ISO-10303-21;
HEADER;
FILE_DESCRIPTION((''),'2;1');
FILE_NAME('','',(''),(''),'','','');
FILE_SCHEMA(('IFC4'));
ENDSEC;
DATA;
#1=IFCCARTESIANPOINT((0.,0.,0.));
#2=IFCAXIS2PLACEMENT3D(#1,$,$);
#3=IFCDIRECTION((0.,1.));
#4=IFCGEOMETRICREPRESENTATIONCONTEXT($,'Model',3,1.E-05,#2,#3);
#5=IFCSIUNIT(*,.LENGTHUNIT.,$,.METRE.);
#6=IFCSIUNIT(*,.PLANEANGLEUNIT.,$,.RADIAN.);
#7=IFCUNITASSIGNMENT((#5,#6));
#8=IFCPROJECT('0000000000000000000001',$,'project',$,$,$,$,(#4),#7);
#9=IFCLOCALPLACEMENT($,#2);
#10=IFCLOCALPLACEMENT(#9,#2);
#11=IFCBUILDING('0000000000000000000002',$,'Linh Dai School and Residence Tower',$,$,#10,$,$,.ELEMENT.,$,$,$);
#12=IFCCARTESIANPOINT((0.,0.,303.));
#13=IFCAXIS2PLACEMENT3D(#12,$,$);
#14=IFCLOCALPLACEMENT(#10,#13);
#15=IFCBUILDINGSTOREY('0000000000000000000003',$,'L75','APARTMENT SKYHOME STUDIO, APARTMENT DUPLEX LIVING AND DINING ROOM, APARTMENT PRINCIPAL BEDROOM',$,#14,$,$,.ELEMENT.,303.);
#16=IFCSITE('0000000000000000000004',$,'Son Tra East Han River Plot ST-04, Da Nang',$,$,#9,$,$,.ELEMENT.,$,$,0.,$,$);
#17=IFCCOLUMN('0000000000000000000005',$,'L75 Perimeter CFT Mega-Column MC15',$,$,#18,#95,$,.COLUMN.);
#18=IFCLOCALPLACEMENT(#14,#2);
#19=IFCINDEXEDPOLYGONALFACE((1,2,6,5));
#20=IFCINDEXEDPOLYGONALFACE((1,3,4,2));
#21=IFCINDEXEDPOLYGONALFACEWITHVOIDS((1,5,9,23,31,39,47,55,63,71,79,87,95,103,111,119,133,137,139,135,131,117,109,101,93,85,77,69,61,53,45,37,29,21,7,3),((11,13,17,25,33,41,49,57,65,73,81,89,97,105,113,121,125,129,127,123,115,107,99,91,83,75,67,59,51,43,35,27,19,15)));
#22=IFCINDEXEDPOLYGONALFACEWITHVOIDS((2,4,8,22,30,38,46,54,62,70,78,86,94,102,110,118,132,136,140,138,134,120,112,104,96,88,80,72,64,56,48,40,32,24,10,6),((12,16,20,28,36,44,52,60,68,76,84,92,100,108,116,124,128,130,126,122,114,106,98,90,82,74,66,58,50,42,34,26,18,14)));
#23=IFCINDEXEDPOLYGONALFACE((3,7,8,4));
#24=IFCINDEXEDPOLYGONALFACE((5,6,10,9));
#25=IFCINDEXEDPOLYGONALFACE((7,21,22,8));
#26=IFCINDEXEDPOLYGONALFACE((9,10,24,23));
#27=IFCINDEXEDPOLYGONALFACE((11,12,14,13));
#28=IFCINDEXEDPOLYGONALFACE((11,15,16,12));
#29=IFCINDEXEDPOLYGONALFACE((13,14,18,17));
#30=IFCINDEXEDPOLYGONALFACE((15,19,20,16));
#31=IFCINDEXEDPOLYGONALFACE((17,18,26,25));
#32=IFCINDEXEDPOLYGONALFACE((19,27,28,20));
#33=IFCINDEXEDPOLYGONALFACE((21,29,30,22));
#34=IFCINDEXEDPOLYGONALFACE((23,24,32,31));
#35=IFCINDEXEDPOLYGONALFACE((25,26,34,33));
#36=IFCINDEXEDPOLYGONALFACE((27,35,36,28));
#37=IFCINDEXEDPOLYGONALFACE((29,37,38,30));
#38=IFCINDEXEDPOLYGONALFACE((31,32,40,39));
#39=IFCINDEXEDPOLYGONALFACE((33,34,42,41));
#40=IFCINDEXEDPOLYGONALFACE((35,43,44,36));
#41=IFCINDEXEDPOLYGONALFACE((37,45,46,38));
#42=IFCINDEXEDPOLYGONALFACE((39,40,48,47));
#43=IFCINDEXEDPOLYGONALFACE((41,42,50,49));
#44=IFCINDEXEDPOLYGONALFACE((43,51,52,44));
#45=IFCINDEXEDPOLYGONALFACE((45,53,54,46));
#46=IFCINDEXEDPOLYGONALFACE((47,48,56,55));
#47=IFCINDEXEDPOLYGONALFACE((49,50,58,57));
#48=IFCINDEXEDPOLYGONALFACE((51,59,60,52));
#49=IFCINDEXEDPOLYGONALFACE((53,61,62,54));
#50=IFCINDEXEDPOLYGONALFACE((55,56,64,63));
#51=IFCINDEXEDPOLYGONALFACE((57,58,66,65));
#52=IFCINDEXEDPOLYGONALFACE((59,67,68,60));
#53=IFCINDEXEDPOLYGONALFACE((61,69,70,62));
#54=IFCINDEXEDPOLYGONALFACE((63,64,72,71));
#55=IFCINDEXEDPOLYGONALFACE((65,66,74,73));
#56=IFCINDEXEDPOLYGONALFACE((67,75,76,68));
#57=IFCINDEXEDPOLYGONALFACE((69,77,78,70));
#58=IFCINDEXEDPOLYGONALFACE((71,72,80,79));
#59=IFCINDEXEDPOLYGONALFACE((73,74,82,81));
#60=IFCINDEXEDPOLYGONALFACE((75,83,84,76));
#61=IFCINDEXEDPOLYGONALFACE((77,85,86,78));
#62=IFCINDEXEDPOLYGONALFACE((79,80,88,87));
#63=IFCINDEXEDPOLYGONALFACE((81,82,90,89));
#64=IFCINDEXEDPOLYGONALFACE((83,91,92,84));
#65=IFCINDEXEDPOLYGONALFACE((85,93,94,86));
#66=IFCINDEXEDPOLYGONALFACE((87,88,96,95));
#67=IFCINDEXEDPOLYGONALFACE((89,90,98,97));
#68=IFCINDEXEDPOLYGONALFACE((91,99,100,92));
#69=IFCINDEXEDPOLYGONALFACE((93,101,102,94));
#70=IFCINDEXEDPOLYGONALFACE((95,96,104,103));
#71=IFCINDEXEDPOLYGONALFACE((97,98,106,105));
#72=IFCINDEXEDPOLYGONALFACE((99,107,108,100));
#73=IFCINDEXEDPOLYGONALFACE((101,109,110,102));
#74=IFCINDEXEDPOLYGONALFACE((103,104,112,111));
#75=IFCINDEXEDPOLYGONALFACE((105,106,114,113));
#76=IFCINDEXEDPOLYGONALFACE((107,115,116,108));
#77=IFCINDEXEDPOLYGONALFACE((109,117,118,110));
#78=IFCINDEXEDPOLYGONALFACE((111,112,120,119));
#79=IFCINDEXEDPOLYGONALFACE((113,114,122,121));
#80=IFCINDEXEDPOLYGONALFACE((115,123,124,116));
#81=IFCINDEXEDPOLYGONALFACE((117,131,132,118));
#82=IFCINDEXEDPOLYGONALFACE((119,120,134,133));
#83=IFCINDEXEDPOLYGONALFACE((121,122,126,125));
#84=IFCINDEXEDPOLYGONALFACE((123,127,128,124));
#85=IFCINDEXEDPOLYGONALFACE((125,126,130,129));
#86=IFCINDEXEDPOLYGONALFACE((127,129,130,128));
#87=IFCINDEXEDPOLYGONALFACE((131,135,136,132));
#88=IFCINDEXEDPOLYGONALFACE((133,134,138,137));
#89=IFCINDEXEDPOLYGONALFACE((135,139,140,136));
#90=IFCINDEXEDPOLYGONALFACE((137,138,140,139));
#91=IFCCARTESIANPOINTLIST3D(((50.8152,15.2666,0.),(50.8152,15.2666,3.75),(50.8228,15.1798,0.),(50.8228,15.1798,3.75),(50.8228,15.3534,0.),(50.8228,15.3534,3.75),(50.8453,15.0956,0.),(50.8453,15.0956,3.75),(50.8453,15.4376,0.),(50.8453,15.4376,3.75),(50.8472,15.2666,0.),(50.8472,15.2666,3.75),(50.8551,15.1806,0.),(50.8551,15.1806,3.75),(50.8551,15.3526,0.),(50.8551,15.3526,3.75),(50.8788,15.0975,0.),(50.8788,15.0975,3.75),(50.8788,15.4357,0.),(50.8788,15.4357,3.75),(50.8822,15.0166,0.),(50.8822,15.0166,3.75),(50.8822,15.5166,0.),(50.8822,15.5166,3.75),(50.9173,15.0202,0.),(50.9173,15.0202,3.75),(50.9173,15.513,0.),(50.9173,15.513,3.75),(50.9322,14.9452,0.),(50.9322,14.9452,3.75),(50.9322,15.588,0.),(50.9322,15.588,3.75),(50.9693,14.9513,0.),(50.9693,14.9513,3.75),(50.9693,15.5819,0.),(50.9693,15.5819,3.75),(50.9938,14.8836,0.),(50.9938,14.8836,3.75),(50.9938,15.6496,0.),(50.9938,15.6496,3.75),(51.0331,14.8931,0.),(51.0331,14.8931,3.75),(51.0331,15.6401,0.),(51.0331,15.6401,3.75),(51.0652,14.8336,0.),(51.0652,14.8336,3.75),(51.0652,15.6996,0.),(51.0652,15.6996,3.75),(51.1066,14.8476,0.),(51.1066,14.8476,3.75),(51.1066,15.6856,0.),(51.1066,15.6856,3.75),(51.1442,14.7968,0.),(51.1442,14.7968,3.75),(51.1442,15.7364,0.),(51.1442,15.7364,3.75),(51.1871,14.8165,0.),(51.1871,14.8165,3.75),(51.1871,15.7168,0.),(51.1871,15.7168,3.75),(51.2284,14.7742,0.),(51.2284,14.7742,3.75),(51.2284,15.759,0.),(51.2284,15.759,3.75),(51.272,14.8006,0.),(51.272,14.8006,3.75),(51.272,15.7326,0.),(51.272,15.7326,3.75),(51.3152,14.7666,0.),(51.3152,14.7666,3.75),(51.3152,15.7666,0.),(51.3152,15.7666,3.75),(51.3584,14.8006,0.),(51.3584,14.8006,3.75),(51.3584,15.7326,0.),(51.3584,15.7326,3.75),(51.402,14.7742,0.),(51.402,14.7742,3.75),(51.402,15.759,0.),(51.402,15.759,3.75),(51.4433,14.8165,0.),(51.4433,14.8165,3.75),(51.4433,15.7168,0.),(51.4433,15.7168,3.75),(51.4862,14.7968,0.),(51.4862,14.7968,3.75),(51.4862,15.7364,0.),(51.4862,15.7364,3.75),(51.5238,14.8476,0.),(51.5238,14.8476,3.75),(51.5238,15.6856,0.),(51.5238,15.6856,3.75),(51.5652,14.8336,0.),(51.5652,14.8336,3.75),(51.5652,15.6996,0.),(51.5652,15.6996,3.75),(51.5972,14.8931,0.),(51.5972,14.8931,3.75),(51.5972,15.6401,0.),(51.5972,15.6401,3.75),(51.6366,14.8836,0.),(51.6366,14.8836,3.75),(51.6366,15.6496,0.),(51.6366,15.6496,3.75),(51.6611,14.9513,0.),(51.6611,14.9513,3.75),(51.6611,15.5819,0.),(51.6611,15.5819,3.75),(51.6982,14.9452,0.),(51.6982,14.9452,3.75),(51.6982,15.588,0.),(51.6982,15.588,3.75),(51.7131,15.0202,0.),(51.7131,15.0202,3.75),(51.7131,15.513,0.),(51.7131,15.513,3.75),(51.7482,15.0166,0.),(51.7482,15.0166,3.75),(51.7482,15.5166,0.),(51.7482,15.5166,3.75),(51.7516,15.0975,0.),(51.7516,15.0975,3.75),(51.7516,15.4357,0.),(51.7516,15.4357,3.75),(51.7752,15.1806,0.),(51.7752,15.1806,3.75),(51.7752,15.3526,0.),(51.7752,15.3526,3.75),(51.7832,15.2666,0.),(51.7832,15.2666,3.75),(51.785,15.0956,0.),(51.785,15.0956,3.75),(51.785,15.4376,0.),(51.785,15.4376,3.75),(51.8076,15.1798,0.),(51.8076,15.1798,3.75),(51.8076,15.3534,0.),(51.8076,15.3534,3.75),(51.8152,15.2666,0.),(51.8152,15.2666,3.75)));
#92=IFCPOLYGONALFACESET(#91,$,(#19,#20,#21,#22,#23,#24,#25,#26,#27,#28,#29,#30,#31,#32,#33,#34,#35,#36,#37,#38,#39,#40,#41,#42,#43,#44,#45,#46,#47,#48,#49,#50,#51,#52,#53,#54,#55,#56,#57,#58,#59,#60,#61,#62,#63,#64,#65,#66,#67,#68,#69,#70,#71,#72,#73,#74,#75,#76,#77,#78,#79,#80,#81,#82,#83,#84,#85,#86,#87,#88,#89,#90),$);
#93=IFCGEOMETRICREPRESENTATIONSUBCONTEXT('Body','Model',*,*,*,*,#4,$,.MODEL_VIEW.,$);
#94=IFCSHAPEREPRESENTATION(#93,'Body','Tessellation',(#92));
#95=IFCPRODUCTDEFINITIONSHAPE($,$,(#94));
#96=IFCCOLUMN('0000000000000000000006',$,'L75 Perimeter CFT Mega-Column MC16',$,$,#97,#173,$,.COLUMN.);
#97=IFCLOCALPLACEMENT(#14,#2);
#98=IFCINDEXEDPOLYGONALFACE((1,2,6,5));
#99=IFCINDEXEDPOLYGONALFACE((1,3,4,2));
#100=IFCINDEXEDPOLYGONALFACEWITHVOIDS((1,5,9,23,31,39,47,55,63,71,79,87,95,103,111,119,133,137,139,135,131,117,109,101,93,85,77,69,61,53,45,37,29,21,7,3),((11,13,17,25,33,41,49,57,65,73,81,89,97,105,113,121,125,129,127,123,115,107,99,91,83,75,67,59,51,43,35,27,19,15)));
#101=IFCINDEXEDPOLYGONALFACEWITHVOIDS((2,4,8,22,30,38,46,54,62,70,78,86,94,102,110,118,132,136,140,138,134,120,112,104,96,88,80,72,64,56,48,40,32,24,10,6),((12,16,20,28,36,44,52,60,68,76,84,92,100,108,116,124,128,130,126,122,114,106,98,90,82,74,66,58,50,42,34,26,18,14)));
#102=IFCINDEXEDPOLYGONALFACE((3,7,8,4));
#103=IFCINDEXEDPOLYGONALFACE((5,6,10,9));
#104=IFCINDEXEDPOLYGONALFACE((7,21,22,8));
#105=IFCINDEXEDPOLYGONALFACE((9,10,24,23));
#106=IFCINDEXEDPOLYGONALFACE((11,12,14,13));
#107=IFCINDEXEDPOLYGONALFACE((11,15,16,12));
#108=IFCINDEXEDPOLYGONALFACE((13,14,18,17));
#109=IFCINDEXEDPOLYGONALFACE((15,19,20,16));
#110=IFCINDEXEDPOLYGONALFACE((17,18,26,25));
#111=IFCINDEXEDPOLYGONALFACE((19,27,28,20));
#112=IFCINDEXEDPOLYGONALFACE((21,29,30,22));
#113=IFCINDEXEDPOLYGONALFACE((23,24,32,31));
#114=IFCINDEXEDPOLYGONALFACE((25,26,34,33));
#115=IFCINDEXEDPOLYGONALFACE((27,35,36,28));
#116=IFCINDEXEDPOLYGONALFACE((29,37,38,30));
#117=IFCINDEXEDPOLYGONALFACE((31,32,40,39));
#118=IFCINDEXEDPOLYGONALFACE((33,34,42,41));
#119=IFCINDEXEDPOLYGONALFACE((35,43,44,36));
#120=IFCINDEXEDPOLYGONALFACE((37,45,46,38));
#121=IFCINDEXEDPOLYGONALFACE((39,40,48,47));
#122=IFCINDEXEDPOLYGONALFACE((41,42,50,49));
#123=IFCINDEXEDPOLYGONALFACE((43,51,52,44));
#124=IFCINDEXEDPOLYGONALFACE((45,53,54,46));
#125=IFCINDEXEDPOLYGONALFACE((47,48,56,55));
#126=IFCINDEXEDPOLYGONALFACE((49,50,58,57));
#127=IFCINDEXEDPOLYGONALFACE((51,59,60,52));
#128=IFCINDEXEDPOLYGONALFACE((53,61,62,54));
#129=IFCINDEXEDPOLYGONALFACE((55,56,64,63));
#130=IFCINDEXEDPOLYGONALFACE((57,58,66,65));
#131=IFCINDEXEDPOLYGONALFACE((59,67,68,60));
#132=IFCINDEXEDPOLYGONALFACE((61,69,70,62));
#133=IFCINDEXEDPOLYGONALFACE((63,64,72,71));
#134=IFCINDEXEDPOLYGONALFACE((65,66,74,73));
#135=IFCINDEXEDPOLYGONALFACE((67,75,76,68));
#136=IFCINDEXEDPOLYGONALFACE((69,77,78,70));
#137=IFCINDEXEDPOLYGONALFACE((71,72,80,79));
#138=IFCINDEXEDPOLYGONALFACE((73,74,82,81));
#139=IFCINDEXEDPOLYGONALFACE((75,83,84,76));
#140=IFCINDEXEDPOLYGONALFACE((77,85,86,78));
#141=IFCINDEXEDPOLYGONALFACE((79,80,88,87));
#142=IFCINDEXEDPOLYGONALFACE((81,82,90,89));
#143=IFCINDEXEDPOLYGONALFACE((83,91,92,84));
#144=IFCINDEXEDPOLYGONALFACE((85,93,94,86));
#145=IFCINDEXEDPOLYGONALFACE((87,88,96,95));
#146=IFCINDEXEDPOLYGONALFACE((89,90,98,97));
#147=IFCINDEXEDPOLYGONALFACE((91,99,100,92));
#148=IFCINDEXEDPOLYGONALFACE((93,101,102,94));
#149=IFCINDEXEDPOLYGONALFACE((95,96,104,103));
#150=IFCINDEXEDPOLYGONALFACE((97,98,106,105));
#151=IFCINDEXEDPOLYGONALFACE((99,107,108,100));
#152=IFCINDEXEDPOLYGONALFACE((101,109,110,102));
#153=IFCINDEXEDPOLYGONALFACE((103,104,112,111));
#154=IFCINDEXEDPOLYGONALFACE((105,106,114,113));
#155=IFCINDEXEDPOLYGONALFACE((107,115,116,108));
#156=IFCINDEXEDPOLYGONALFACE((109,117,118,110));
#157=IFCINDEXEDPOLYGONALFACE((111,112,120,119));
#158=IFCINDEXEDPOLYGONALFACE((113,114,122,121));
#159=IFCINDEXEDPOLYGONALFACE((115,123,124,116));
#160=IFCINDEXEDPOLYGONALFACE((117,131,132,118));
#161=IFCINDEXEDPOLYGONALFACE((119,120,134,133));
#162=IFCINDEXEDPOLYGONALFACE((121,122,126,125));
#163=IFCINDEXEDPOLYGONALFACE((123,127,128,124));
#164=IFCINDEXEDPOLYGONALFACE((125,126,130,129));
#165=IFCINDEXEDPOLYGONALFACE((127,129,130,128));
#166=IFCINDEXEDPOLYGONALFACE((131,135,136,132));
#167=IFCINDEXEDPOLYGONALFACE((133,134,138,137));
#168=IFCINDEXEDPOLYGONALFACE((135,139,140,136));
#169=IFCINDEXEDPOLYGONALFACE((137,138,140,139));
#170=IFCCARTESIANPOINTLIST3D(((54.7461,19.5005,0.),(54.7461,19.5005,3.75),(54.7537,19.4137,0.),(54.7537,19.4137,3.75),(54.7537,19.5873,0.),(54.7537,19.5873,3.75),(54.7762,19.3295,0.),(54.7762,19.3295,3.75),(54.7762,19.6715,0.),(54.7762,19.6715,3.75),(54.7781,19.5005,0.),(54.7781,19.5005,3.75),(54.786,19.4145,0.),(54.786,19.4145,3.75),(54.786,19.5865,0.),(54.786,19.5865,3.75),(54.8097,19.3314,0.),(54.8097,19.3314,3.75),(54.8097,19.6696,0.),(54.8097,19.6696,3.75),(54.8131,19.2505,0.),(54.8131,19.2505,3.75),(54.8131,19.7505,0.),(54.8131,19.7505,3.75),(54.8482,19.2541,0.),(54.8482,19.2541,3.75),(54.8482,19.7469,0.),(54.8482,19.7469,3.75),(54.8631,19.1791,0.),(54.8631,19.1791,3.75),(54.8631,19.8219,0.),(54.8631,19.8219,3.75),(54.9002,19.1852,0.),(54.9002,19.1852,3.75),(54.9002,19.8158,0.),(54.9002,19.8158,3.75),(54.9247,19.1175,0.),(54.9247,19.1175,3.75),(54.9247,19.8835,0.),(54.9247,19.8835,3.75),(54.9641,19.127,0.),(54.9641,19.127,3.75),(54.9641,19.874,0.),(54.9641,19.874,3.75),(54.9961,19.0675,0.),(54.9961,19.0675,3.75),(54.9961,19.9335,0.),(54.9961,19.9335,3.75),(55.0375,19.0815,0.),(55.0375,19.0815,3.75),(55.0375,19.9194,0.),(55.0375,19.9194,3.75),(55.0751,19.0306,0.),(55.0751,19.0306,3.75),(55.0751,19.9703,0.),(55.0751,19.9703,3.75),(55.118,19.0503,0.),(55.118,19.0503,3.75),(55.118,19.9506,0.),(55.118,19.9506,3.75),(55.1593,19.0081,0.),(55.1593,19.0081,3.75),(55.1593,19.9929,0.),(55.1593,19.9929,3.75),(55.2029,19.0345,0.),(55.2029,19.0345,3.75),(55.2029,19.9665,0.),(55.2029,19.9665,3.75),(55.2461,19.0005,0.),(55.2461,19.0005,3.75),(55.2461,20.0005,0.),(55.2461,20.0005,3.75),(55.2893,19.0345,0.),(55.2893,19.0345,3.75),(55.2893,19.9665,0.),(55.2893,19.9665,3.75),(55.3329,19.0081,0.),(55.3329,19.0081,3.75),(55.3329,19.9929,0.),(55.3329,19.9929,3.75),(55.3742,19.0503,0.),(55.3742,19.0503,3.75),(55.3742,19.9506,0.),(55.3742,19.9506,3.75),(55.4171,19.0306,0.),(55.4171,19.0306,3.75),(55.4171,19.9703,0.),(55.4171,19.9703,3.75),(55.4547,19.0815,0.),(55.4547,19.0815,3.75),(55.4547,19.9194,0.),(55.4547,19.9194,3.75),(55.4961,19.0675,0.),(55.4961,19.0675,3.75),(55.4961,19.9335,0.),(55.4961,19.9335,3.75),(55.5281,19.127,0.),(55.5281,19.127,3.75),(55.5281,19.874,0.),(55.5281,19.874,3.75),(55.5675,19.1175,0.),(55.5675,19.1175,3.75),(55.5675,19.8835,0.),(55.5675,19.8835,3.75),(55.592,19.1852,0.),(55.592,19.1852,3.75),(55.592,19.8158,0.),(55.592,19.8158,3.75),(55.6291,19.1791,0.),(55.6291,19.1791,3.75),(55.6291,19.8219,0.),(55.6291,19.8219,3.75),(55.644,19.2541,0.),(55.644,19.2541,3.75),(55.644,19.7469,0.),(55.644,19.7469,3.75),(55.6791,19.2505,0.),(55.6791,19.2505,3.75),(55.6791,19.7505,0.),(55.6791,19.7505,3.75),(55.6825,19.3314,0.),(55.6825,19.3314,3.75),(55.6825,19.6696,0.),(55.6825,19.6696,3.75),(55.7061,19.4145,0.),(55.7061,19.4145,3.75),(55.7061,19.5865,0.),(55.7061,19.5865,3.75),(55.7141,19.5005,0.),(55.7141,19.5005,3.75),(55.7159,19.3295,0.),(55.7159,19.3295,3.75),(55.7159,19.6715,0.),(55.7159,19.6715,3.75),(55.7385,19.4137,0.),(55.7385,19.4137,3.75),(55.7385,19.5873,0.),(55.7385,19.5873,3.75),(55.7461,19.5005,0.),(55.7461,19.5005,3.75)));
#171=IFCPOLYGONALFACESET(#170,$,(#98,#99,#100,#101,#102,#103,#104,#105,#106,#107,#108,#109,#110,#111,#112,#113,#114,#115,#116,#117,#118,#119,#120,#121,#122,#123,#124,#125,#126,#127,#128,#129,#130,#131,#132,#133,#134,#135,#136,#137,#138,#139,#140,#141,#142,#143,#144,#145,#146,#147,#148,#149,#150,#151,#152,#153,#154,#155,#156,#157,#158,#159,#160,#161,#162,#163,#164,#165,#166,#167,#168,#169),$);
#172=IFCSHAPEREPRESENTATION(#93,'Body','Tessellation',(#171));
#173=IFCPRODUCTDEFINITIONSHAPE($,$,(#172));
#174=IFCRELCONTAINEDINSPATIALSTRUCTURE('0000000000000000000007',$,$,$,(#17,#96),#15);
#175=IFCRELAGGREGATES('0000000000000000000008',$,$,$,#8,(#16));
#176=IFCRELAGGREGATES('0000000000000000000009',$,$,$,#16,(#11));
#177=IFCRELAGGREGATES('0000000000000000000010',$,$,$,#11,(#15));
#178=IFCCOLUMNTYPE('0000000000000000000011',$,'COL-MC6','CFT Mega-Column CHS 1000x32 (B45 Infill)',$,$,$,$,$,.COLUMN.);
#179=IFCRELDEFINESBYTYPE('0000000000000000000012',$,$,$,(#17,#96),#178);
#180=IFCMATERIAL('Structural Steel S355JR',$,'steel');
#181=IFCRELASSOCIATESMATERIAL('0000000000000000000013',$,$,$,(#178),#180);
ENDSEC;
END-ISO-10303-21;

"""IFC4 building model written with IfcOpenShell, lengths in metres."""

from ifc_helpers import new_model, si_unit, direction, frame, origin, origin_2d, place, context, subcontext, project, spatial, hollow_circle, extrude, material, material_profile, profile_set, type_object, element, save


model = new_model("IFC4")

# Units and contexts
model_context = context("Model", 3, precision=1e-05, world=origin(), true_north=direction((0.0, 1.0)))
body_context = subcontext(model_context, "Body", "Model", "MODEL_VIEW")
ifc_project = project(units=[si_unit("LENGTHUNIT", "METRE"), si_unit("PLANEANGLEUNIT", "RADIAN")], contexts=[model_context])

# Site, building, storey
site_placement = place(None, origin())
site = spatial("IfcSite", under=ifc_project, at=site_placement, Name="Son Tra East Han River Plot ST-04, Da Nang", CompositionType="ELEMENT", RefElevation=0.0)
building_placement = place(site_placement, origin())
building = spatial("IfcBuilding", under=site, at=building_placement, Name="Linh Dai School and Residence Tower", CompositionType="ELEMENT")
storey_placement = place(building_placement, frame((0.0, 0.0, 303.0)))
storey = spatial("IfcBuildingStorey", under=building, at=storey_placement, Name="L75", Description="APARTMENT SKYHOME STUDIO, APARTMENT DUPLEX LIVING AND DINING ROOM, APARTMENT PRINCIPAL BEDROOM", CompositionType="ELEMENT", Elevation=303.0)

# Columns
ifc_material_1 = material(Name="Structural Steel S355JR", Category="steel")
ifc_material_profile_1 = material_profile(ifc_material_1, hollow_circle(Radius=0.5, WallThickness=0.032, at=origin_2d()), Name="CHS 1000x32")
ifc_profile_set_1 = profile_set([ifc_material_profile_1], Name="Structural Steel S355JR")
column_type = type_object("IfcColumnType", Name="COL-MC6", Description="CFT Mega-Column CHS 1000x32 (B45 Infill)", PredefinedType="COLUMN", material=ifc_profile_set_1)
for number, where, z_axis, x_axis, name in (
    (1, (51.3152, 15.2666, 0.0), (0.0, 0.0, 1.0), (1.0, 0.0, 0.0), "L75 Perimeter CFT Mega-Column MC15"),
    (2, (55.2461, 19.5005, 0.0), (0.0, 0.0, 1.0), (1.0, 0.0, 0.0), "L75 Perimeter CFT Mega-Column MC16"),
):
    element("IfcColumn", number, at=place(storey_placement, frame(where, z_axis=z_axis, x_axis=x_axis)), inside=storey, type_object=column_type, Name=name, PredefinedType="COLUMN", context=body_context, shape_type="SweptSolid", body=[
        extrude(hollow_circle(Radius=0.5, WallThickness=0.032, at=origin_2d()), origin(), (0.0, 0.0, 1.0), 3.75),
    ])

save(model, "model.ifc")
